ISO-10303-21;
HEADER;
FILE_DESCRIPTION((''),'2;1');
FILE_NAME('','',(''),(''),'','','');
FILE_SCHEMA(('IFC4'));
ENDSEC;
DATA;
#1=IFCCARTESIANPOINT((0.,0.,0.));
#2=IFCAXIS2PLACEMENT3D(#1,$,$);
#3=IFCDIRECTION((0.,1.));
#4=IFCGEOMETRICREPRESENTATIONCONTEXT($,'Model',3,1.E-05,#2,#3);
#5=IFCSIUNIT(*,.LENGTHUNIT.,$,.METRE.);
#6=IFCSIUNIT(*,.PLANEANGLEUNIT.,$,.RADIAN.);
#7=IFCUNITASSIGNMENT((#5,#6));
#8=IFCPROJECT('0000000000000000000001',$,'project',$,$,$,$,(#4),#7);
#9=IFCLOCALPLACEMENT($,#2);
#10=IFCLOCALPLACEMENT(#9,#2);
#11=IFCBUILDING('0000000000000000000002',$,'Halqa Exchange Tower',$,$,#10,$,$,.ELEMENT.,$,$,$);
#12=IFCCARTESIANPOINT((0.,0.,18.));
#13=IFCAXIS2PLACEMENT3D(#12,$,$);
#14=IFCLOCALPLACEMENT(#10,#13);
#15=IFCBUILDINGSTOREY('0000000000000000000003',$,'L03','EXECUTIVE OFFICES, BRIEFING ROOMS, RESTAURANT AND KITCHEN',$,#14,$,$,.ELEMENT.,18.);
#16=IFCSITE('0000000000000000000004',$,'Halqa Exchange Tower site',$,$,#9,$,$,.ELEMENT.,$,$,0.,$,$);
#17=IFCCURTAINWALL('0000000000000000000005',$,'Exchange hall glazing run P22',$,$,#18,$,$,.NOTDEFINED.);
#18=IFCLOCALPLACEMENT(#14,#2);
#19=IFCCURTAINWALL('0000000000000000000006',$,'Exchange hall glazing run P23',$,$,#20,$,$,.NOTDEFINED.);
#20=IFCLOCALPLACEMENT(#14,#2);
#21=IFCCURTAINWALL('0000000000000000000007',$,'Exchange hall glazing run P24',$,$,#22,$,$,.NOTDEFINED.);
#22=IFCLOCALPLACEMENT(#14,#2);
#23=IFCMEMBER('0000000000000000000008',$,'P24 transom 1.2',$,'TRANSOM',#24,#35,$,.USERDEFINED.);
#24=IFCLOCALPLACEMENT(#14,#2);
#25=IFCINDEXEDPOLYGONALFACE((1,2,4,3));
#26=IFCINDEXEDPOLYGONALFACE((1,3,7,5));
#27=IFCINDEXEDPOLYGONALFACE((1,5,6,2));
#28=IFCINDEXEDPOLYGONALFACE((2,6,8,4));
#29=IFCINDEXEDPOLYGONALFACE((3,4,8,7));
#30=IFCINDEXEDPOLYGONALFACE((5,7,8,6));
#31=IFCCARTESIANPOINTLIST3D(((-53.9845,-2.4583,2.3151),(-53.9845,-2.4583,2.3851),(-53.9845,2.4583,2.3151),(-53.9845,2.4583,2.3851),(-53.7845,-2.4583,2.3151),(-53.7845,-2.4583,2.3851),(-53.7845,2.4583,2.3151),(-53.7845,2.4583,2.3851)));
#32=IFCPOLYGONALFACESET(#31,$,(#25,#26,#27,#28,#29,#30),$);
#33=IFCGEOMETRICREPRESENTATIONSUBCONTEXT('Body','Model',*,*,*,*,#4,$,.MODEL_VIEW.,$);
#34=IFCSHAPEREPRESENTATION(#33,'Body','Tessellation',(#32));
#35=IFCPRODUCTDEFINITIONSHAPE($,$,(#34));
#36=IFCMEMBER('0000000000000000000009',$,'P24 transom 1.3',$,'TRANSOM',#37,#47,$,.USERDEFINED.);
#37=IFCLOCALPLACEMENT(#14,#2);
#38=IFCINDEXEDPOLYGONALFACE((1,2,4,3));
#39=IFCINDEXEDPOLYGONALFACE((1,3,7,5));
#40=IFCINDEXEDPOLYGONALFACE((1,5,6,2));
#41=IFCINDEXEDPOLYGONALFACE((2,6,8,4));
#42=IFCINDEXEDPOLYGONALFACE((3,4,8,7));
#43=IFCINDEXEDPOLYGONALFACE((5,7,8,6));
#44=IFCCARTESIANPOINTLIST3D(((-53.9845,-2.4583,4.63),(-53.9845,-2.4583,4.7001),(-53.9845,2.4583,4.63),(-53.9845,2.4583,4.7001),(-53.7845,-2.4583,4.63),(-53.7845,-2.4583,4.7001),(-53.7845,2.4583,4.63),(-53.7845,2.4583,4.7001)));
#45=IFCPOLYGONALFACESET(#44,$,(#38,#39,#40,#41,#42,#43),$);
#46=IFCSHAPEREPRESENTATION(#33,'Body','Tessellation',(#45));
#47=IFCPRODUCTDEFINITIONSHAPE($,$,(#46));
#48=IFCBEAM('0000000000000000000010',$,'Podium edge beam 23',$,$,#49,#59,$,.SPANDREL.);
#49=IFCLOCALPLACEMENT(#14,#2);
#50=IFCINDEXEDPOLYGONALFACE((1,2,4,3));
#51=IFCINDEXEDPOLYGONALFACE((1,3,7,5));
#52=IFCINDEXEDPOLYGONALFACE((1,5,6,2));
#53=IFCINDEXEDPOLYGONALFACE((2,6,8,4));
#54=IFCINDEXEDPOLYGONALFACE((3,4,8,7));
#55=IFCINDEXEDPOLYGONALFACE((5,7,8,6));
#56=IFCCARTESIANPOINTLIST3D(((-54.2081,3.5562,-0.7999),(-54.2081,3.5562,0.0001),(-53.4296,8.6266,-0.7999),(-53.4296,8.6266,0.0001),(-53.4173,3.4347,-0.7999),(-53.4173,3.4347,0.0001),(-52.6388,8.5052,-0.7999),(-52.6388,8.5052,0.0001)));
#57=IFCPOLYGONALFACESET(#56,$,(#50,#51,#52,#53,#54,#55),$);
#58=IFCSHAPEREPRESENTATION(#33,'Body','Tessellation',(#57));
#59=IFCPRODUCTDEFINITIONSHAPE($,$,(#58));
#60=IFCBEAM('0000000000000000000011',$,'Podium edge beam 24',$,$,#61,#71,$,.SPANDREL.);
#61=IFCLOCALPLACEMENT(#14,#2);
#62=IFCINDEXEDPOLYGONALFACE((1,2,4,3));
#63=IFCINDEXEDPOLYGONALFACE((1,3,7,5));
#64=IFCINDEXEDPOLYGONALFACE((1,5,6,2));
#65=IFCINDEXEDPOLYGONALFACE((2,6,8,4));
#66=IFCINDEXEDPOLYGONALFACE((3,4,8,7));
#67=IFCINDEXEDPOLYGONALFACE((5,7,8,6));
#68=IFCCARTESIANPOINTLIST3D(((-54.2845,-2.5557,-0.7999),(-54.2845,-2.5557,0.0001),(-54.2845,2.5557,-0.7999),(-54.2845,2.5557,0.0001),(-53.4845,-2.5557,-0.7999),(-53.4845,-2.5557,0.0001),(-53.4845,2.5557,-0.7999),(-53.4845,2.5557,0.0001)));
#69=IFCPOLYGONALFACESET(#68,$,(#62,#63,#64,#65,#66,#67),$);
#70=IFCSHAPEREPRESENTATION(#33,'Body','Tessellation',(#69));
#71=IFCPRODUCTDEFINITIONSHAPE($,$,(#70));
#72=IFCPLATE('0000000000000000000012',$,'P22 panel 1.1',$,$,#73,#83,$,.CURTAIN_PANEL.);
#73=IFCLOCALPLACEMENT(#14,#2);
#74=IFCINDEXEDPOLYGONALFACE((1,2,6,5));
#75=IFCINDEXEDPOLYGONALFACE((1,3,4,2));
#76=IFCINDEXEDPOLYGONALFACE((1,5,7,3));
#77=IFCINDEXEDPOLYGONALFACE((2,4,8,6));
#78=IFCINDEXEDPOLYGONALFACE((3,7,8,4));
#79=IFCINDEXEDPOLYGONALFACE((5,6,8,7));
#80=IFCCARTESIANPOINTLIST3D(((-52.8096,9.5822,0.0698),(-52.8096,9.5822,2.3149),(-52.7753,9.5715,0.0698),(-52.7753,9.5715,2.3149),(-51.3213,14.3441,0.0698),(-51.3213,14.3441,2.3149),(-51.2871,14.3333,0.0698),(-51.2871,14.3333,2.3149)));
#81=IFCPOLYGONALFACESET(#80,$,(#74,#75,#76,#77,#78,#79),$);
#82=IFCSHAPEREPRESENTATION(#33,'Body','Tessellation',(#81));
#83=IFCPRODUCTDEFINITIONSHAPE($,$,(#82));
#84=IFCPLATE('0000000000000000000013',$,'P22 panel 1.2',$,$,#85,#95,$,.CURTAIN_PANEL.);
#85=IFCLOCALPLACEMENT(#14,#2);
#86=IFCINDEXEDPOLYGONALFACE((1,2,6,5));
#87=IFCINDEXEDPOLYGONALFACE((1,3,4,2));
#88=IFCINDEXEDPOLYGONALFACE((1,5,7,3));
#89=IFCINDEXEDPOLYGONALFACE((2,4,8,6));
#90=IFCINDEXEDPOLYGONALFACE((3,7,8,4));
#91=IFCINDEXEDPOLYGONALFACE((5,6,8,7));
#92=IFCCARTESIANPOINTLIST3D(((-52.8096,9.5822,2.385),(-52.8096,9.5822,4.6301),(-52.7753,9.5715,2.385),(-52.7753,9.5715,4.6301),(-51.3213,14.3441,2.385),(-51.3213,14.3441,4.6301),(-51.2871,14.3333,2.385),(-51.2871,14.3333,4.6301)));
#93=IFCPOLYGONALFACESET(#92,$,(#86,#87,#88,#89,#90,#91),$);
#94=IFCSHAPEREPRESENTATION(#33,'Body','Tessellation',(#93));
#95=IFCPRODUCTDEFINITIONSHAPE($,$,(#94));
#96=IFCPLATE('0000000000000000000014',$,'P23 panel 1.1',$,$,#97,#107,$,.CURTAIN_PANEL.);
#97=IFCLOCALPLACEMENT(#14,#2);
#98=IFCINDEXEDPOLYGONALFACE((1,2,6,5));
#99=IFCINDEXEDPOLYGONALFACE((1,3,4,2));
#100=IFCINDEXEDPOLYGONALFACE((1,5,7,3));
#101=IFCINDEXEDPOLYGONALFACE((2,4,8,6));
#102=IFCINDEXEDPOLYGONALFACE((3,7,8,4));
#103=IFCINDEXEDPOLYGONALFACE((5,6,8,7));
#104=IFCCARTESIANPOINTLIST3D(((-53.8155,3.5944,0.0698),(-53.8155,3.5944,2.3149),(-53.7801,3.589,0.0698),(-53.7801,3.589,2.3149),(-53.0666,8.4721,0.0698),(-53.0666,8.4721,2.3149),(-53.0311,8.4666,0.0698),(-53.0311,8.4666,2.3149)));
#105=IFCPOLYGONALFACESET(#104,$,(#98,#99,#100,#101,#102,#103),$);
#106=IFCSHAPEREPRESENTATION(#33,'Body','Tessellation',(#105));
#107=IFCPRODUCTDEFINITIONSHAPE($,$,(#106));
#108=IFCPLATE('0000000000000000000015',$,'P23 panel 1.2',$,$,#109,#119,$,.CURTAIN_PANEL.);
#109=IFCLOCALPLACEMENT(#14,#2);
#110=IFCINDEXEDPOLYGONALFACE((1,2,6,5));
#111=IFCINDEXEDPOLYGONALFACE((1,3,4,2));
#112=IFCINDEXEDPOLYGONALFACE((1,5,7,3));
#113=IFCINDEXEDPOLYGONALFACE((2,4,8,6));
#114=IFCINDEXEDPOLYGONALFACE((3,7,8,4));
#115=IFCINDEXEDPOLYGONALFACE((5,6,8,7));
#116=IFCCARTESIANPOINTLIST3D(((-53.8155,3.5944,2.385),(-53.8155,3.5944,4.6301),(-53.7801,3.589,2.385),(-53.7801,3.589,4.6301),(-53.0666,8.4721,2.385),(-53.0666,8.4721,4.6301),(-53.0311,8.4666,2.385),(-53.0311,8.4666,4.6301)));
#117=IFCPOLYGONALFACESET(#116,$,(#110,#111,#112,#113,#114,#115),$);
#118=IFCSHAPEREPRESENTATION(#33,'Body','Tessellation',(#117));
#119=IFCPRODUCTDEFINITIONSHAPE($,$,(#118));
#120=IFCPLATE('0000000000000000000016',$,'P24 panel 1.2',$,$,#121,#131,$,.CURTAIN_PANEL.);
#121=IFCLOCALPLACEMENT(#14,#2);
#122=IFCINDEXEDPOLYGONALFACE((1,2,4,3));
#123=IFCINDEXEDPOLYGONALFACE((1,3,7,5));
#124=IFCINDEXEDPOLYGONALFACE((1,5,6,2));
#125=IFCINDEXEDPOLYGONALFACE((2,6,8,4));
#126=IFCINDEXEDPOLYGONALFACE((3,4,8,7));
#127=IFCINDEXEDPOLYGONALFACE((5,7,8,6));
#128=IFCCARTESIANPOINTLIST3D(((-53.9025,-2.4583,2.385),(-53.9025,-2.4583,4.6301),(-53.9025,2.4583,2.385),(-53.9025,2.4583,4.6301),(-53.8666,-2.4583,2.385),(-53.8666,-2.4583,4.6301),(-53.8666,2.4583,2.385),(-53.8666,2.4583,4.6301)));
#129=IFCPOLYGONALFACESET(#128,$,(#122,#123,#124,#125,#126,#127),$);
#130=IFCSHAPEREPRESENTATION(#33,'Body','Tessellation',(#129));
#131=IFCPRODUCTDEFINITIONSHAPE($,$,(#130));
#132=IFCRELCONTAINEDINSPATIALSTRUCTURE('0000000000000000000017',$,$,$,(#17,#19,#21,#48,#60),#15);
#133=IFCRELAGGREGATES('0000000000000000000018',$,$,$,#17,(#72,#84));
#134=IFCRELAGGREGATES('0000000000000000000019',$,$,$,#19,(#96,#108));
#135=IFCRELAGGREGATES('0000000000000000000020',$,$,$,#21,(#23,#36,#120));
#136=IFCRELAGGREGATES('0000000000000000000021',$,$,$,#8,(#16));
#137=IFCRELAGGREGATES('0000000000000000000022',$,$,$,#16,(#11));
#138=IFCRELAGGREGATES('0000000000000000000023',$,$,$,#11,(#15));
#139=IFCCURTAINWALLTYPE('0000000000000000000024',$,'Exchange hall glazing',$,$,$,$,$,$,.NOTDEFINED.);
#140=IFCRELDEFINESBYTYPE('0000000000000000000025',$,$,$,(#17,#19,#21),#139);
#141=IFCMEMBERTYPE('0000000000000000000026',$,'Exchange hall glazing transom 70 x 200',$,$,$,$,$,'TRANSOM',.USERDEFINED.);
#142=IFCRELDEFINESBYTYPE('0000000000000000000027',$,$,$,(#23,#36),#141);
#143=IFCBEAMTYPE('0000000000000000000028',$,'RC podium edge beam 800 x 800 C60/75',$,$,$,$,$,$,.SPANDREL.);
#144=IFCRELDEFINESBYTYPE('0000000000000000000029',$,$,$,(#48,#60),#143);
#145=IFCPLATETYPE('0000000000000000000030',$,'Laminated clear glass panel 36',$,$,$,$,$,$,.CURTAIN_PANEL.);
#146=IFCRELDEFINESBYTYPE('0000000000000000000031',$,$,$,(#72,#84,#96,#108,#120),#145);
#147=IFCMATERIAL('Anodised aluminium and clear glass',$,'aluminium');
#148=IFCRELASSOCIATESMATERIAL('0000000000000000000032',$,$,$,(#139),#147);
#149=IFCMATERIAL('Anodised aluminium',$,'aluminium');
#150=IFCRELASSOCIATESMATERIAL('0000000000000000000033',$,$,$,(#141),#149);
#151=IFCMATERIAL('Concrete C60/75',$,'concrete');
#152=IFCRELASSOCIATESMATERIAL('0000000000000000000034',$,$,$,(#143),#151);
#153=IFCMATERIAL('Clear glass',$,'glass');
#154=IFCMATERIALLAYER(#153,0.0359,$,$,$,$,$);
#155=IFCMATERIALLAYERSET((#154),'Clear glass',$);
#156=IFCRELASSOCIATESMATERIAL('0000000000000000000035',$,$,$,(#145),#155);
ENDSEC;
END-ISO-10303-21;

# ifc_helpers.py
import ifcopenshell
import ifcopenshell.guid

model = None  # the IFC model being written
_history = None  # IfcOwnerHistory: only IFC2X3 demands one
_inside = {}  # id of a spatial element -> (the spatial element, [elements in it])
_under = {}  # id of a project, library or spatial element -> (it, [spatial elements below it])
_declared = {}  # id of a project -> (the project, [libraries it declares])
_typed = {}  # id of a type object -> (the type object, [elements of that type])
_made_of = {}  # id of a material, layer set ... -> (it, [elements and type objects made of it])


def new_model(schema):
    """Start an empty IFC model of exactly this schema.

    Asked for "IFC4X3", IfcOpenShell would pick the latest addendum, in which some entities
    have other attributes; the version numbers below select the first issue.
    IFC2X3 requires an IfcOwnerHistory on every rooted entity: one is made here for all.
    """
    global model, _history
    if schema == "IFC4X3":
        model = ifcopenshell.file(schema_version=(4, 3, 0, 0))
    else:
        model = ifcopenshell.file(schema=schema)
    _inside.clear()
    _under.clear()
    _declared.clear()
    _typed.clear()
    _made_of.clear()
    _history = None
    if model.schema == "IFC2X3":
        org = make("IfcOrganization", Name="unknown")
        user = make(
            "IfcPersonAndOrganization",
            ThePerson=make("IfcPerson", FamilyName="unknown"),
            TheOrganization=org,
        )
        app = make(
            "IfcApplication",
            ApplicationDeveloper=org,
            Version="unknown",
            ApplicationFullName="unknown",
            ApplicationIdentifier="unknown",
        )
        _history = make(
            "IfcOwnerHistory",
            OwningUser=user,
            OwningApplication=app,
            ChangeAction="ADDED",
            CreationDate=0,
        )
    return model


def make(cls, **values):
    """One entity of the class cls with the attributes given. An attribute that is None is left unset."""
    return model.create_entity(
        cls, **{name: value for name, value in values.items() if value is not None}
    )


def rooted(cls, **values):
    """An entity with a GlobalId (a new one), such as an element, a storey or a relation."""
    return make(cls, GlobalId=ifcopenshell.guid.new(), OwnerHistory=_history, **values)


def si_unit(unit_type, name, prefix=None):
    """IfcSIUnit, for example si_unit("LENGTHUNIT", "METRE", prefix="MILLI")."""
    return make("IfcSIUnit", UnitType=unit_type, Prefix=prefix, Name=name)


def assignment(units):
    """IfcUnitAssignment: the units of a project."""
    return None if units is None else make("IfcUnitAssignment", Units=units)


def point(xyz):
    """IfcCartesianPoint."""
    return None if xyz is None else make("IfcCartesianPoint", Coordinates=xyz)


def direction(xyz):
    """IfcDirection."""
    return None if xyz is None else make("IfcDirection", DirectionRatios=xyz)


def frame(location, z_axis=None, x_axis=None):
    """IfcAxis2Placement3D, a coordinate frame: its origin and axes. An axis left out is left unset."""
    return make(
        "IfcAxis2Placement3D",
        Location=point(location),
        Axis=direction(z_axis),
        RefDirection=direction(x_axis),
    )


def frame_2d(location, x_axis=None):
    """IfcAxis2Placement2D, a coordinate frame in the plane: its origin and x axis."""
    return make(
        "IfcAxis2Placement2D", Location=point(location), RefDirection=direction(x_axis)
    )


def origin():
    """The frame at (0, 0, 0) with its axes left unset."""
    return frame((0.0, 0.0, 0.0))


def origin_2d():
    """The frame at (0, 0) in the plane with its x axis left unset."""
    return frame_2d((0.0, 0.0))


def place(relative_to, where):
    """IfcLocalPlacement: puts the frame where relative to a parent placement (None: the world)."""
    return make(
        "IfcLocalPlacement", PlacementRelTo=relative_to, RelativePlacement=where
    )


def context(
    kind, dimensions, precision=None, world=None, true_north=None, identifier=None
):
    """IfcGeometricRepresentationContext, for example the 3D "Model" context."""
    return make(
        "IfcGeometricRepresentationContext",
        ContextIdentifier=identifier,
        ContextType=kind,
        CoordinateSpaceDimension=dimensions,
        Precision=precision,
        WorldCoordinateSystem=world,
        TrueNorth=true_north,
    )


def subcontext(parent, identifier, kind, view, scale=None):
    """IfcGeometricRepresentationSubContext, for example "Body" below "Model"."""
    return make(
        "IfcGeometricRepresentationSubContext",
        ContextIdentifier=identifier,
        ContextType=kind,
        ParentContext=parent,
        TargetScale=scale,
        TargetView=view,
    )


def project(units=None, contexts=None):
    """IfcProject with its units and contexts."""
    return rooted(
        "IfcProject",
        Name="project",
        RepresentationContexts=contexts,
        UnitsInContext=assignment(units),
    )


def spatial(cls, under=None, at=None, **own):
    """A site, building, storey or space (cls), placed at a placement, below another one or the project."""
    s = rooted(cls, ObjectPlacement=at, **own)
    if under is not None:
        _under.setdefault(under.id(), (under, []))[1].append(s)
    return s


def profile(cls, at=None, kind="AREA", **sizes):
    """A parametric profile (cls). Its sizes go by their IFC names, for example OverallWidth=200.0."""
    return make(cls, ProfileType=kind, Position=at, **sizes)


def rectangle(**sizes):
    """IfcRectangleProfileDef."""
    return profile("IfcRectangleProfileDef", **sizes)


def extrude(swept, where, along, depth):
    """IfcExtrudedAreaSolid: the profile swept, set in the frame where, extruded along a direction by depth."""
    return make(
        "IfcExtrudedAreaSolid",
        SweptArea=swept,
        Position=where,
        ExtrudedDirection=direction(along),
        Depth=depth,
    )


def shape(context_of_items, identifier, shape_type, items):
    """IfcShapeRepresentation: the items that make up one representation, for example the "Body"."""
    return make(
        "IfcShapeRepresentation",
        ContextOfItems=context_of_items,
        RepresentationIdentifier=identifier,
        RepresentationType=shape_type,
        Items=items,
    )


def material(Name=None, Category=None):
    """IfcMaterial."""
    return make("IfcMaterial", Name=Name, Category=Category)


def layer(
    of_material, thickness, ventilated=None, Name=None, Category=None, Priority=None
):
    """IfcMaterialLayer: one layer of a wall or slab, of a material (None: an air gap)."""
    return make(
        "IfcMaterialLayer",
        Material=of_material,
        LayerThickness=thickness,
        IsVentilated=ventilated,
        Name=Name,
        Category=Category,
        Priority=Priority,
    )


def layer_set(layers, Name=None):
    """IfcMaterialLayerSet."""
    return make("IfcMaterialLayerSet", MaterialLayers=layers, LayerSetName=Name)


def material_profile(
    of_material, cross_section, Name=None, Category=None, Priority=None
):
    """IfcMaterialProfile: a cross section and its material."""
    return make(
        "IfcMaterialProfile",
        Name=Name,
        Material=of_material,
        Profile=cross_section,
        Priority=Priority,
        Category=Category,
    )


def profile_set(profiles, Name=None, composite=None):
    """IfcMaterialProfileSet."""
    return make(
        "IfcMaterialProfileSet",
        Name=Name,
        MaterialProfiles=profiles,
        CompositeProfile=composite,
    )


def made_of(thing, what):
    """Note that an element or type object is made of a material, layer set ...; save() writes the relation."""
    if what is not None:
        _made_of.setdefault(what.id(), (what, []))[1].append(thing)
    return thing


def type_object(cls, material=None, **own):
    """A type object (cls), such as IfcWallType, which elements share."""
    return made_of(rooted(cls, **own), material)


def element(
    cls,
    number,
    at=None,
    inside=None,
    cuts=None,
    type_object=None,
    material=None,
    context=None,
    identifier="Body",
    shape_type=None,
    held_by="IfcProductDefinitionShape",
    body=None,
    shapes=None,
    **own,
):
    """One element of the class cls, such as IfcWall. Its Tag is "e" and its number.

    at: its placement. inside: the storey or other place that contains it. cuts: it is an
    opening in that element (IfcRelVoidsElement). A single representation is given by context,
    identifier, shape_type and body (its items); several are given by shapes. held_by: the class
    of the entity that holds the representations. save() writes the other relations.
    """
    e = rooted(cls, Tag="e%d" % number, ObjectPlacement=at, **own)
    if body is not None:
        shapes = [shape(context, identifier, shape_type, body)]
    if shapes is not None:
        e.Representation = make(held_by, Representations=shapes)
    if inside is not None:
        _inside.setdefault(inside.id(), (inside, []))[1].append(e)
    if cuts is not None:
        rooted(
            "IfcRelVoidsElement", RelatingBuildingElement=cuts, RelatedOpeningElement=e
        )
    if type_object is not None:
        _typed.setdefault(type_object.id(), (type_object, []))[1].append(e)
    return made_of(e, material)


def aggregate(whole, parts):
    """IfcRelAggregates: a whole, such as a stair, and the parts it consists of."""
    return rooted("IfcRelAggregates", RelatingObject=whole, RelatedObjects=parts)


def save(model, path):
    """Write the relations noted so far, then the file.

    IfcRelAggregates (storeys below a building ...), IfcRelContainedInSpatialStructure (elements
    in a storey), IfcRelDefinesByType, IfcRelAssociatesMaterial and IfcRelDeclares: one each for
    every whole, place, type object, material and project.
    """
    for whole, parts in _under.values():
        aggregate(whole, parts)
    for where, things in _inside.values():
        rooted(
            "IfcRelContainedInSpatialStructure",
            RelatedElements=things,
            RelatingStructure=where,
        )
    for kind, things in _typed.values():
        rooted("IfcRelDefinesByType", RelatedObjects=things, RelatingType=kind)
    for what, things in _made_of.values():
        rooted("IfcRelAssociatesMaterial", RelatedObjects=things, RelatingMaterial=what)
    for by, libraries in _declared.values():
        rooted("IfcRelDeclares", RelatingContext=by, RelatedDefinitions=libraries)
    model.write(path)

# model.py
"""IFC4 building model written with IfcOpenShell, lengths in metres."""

from ifc_helpers import new_model, si_unit, direction, frame, origin, origin_2d, place, context, subcontext, project, spatial, rectangle, extrude, material, layer, layer_set, material_profile, profile_set, type_object, element, aggregate, save


model = new_model("IFC4")

# Units and contexts
model_context = context("Model", 3, precision=1e-05, world=origin(), true_north=direction((0.0, 1.0)))
body_context = subcontext(model_context, "Body", "Model", "MODEL_VIEW")
ifc_project = project(units=[si_unit("LENGTHUNIT", "METRE"), si_unit("PLANEANGLEUNIT", "RADIAN")], contexts=[model_context])

# Site, building, storey
site_placement = place(None, origin())
site = spatial("IfcSite", under=ifc_project, at=site_placement, Name="Halqa Exchange Tower site", CompositionType="ELEMENT", RefElevation=0.0)
building_placement = place(site_placement, origin())
building = spatial("IfcBuilding", under=site, at=building_placement, Name="Halqa Exchange Tower", CompositionType="ELEMENT")
storey_placement = place(building_placement, frame((0.0, 0.0, 18.0)))
storey = spatial("IfcBuildingStorey", under=building, at=storey_placement, Name="L03", Description="EXECUTIVE OFFICES, BRIEFING ROOMS, RESTAURANT AND KITCHEN", CompositionType="ELEMENT", Elevation=18.0)

# Shared definitions
ifc_material_1 = material(Name="Concrete C60/75", Category="concrete")

# Curtain walls
ifc_material_2 = material(Name="Anodised aluminium and clear glass", Category="aluminium")
curtain_wall_type = type_object("IfcCurtainWallType", Name="Exchange hall glazing", PredefinedType="NOTDEFINED", material=ifc_material_2)
curtain_wall_1_placement = place(storey_placement, origin())
curtain_wall_1 = element("IfcCurtainWall", 1, at=curtain_wall_1_placement, inside=storey, type_object=curtain_wall_type, Name="Exchange hall glazing run P22", PredefinedType="NOTDEFINED")
ifc_material_3 = material(Name="Anodised aluminium", Category="aluminium")
curtain_wall_2_placement = place(storey_placement, origin())
curtain_wall_2 = element("IfcCurtainWall", 2, at=curtain_wall_2_placement, inside=storey, type_object=curtain_wall_type, Name="Exchange hall glazing run P23", PredefinedType="NOTDEFINED")

# Curtain wall
curtain_wall_3_placement = place(storey_placement, origin())
curtain_wall_3 = element("IfcCurtainWall", 3, at=curtain_wall_3_placement, inside=storey, type_object=curtain_wall_type, Name="Exchange hall glazing run P24", PredefinedType="NOTDEFINED")

# Members
ifc_material_profile_1 = material_profile(ifc_material_3, rectangle(XDim=0.2, YDim=0.0701, at=origin_2d()), Name="AL 70x200")
ifc_profile_set_1 = profile_set([ifc_material_profile_1], Name="Anodised aluminium")
member_type_1 = type_object("IfcMemberType", Name="Exchange hall glazing transom 70 x 200", ElementType="TRANSOM", PredefinedType="USERDEFINED", material=ifc_profile_set_1)
member_1_placement = place(storey_placement, frame((-53.8845, 2.4583, 2.3501), z_axis=(0.0, -1.0, 0.0), x_axis=(1.0, 0.0, 0.0)))
member_1 = element("IfcMember", 4, at=member_1_placement, type_object=member_type_1, Name="P24 transom 1.2", ObjectType="TRANSOM", PredefinedType="USERDEFINED", context=body_context, shape_type="SweptSolid", body=[
    extrude(rectangle(XDim=0.2, YDim=0.0701, at=origin_2d()), origin(), (0.0, 0.0, 1.0), 4.9165),
])
member_2_placement = place(storey_placement, frame((-53.8845, 2.4583, 4.665), z_axis=(0.0, -1.0, 0.0), x_axis=(1.0, 0.0, 0.0)))
member_2 = element("IfcMember", 5, at=member_2_placement, type_object=member_type_1, Name="P24 transom 1.3", ObjectType="TRANSOM", PredefinedType="USERDEFINED", context=body_context, shape_type="SweptSolid", body=[
    extrude(rectangle(XDim=0.2, YDim=0.0701, at=origin_2d()), origin(), (0.0, 0.0, 1.0), 4.9165),
])

# Beams
ifc_material_profile_2 = material_profile(ifc_material_1, rectangle(XDim=0.8, YDim=0.8, at=origin_2d()), Name="800 x 800")
ifc_profile_set_2 = profile_set([ifc_material_profile_2], Name="Concrete C60/75")
beam_type = type_object("IfcBeamType", Name="RC podium edge beam 800 x 800 C60/75", PredefinedType="SPANDREL", material=ifc_profile_set_2)
beam_1_placement = place(storey_placement, frame((-53.0342, 8.5659, -0.3999), z_axis=(-0.151768, -0.988416, 0.0), x_axis=(0.988416, -0.151768, 0.0)))
element("IfcBeam", 6, at=beam_1_placement, inside=storey, type_object=beam_type, Name="Podium edge beam 23", PredefinedType="SPANDREL", context=body_context, shape_type="SweptSolid", body=[
    extrude(rectangle(XDim=0.8, YDim=0.8, at=origin_2d()), origin(), (0.0, 0.0, 1.0), 5.1299),
])
beam_2_placement = place(storey_placement, frame((-53.8845, 2.5557, -0.3999), z_axis=(0.0, -1.0, 0.0), x_axis=(1.0, 0.0, 0.0)))
element("IfcBeam", 7, at=beam_2_placement, inside=storey, type_object=beam_type, Name="Podium edge beam 24", PredefinedType="SPANDREL", context=body_context, shape_type="SweptSolid", body=[
    extrude(rectangle(XDim=0.8, YDim=0.8, at=origin_2d()), origin(), (0.0, 0.0, 1.0), 5.1113),
])

# Plates
ifc_material_4 = material(Name="Clear glass", Category="glass")
ifc_layer = layer(ifc_material_4, 0.0359)
ifc_layer_set = layer_set([ifc_layer], Name="Clear glass")
plate_type = type_object("IfcPlateType", Name="Laminated clear glass panel 36", PredefinedType="CURTAIN_PANEL", material=ifc_layer_set)
plate_1_placement = place(storey_placement, frame((-52.0483, 11.9578, 0.0698), z_axis=(0.0, 0.0, 1.0), x_axis=(-0.298303, -0.954471, 0.0)))
plate_1 = element("IfcPlate", 8, at=plate_1_placement, type_object=plate_type, Name="P22 panel 1.1", PredefinedType="CURTAIN_PANEL", context=body_context, shape_type="SweptSolid", body=[
    extrude(rectangle(XDim=4.989, YDim=0.0359, at=origin_2d()), origin(), (0.0, 0.0, 1.0), 2.2451),
])
plate_2_placement = place(storey_placement, frame((-52.0483, 11.9578, 2.385), z_axis=(0.0, 0.0, 1.0), x_axis=(-0.298303, -0.954471, 0.0)))
plate_2 = element("IfcPlate", 9, at=plate_2_placement, type_object=plate_type, Name="P22 panel 1.2", PredefinedType="CURTAIN_PANEL", context=body_context, shape_type="SweptSolid", body=[
    extrude(rectangle(XDim=4.989, YDim=0.0359, at=origin_2d()), origin(), (0.0, 0.0, 1.0), 2.2451),
])
aggregate(curtain_wall_1, [plate_1, plate_2])
plate_3_placement = place(storey_placement, frame((-53.4233, 6.0305, 0.0698), z_axis=(0.0, 0.0, 1.0), x_axis=(-0.151767, -0.988416, 0.0)))
plate_3 = element("IfcPlate", 10, at=plate_3_placement, type_object=plate_type, Name="P23 panel 1.1", PredefinedType="CURTAIN_PANEL", context=body_context, shape_type="SweptSolid", body=[
    extrude(rectangle(XDim=4.9348, YDim=0.0359, at=origin_2d()), origin(), (0.0, 0.0, 1.0), 2.2451),
])
plate_4_placement = place(storey_placement, frame((-53.4233, 6.0305, 2.385), z_axis=(0.0, 0.0, 1.0), x_axis=(-0.151767, -0.988416, 0.0)))
plate_4 = element("IfcPlate", 11, at=plate_4_placement, type_object=plate_type, Name="P23 panel 1.2", PredefinedType="CURTAIN_PANEL", context=body_context, shape_type="SweptSolid", body=[
    extrude(rectangle(XDim=4.9348, YDim=0.0359, at=origin_2d()), origin(), (0.0, 0.0, 1.0), 2.2451),
])
aggregate(curtain_wall_2, [plate_3, plate_4])
plate_5_placement = place(storey_placement, frame((-53.8845, 0.0, 2.385), z_axis=(0.0, 0.0, 1.0), x_axis=(0.0, -1.0, 0.0)))
plate_5 = element("IfcPlate", 12, at=plate_5_placement, type_object=plate_type, Name="P24 panel 1.2", PredefinedType="CURTAIN_PANEL", context=body_context, shape_type="SweptSolid", body=[
    extrude(rectangle(XDim=4.9165, YDim=0.0359, at=origin_2d()), origin(), (0.0, 0.0, 1.0), 2.2451),
])
aggregate(curtain_wall_3, [member_1, member_2, plate_5])

save(model, "model.ifc")
